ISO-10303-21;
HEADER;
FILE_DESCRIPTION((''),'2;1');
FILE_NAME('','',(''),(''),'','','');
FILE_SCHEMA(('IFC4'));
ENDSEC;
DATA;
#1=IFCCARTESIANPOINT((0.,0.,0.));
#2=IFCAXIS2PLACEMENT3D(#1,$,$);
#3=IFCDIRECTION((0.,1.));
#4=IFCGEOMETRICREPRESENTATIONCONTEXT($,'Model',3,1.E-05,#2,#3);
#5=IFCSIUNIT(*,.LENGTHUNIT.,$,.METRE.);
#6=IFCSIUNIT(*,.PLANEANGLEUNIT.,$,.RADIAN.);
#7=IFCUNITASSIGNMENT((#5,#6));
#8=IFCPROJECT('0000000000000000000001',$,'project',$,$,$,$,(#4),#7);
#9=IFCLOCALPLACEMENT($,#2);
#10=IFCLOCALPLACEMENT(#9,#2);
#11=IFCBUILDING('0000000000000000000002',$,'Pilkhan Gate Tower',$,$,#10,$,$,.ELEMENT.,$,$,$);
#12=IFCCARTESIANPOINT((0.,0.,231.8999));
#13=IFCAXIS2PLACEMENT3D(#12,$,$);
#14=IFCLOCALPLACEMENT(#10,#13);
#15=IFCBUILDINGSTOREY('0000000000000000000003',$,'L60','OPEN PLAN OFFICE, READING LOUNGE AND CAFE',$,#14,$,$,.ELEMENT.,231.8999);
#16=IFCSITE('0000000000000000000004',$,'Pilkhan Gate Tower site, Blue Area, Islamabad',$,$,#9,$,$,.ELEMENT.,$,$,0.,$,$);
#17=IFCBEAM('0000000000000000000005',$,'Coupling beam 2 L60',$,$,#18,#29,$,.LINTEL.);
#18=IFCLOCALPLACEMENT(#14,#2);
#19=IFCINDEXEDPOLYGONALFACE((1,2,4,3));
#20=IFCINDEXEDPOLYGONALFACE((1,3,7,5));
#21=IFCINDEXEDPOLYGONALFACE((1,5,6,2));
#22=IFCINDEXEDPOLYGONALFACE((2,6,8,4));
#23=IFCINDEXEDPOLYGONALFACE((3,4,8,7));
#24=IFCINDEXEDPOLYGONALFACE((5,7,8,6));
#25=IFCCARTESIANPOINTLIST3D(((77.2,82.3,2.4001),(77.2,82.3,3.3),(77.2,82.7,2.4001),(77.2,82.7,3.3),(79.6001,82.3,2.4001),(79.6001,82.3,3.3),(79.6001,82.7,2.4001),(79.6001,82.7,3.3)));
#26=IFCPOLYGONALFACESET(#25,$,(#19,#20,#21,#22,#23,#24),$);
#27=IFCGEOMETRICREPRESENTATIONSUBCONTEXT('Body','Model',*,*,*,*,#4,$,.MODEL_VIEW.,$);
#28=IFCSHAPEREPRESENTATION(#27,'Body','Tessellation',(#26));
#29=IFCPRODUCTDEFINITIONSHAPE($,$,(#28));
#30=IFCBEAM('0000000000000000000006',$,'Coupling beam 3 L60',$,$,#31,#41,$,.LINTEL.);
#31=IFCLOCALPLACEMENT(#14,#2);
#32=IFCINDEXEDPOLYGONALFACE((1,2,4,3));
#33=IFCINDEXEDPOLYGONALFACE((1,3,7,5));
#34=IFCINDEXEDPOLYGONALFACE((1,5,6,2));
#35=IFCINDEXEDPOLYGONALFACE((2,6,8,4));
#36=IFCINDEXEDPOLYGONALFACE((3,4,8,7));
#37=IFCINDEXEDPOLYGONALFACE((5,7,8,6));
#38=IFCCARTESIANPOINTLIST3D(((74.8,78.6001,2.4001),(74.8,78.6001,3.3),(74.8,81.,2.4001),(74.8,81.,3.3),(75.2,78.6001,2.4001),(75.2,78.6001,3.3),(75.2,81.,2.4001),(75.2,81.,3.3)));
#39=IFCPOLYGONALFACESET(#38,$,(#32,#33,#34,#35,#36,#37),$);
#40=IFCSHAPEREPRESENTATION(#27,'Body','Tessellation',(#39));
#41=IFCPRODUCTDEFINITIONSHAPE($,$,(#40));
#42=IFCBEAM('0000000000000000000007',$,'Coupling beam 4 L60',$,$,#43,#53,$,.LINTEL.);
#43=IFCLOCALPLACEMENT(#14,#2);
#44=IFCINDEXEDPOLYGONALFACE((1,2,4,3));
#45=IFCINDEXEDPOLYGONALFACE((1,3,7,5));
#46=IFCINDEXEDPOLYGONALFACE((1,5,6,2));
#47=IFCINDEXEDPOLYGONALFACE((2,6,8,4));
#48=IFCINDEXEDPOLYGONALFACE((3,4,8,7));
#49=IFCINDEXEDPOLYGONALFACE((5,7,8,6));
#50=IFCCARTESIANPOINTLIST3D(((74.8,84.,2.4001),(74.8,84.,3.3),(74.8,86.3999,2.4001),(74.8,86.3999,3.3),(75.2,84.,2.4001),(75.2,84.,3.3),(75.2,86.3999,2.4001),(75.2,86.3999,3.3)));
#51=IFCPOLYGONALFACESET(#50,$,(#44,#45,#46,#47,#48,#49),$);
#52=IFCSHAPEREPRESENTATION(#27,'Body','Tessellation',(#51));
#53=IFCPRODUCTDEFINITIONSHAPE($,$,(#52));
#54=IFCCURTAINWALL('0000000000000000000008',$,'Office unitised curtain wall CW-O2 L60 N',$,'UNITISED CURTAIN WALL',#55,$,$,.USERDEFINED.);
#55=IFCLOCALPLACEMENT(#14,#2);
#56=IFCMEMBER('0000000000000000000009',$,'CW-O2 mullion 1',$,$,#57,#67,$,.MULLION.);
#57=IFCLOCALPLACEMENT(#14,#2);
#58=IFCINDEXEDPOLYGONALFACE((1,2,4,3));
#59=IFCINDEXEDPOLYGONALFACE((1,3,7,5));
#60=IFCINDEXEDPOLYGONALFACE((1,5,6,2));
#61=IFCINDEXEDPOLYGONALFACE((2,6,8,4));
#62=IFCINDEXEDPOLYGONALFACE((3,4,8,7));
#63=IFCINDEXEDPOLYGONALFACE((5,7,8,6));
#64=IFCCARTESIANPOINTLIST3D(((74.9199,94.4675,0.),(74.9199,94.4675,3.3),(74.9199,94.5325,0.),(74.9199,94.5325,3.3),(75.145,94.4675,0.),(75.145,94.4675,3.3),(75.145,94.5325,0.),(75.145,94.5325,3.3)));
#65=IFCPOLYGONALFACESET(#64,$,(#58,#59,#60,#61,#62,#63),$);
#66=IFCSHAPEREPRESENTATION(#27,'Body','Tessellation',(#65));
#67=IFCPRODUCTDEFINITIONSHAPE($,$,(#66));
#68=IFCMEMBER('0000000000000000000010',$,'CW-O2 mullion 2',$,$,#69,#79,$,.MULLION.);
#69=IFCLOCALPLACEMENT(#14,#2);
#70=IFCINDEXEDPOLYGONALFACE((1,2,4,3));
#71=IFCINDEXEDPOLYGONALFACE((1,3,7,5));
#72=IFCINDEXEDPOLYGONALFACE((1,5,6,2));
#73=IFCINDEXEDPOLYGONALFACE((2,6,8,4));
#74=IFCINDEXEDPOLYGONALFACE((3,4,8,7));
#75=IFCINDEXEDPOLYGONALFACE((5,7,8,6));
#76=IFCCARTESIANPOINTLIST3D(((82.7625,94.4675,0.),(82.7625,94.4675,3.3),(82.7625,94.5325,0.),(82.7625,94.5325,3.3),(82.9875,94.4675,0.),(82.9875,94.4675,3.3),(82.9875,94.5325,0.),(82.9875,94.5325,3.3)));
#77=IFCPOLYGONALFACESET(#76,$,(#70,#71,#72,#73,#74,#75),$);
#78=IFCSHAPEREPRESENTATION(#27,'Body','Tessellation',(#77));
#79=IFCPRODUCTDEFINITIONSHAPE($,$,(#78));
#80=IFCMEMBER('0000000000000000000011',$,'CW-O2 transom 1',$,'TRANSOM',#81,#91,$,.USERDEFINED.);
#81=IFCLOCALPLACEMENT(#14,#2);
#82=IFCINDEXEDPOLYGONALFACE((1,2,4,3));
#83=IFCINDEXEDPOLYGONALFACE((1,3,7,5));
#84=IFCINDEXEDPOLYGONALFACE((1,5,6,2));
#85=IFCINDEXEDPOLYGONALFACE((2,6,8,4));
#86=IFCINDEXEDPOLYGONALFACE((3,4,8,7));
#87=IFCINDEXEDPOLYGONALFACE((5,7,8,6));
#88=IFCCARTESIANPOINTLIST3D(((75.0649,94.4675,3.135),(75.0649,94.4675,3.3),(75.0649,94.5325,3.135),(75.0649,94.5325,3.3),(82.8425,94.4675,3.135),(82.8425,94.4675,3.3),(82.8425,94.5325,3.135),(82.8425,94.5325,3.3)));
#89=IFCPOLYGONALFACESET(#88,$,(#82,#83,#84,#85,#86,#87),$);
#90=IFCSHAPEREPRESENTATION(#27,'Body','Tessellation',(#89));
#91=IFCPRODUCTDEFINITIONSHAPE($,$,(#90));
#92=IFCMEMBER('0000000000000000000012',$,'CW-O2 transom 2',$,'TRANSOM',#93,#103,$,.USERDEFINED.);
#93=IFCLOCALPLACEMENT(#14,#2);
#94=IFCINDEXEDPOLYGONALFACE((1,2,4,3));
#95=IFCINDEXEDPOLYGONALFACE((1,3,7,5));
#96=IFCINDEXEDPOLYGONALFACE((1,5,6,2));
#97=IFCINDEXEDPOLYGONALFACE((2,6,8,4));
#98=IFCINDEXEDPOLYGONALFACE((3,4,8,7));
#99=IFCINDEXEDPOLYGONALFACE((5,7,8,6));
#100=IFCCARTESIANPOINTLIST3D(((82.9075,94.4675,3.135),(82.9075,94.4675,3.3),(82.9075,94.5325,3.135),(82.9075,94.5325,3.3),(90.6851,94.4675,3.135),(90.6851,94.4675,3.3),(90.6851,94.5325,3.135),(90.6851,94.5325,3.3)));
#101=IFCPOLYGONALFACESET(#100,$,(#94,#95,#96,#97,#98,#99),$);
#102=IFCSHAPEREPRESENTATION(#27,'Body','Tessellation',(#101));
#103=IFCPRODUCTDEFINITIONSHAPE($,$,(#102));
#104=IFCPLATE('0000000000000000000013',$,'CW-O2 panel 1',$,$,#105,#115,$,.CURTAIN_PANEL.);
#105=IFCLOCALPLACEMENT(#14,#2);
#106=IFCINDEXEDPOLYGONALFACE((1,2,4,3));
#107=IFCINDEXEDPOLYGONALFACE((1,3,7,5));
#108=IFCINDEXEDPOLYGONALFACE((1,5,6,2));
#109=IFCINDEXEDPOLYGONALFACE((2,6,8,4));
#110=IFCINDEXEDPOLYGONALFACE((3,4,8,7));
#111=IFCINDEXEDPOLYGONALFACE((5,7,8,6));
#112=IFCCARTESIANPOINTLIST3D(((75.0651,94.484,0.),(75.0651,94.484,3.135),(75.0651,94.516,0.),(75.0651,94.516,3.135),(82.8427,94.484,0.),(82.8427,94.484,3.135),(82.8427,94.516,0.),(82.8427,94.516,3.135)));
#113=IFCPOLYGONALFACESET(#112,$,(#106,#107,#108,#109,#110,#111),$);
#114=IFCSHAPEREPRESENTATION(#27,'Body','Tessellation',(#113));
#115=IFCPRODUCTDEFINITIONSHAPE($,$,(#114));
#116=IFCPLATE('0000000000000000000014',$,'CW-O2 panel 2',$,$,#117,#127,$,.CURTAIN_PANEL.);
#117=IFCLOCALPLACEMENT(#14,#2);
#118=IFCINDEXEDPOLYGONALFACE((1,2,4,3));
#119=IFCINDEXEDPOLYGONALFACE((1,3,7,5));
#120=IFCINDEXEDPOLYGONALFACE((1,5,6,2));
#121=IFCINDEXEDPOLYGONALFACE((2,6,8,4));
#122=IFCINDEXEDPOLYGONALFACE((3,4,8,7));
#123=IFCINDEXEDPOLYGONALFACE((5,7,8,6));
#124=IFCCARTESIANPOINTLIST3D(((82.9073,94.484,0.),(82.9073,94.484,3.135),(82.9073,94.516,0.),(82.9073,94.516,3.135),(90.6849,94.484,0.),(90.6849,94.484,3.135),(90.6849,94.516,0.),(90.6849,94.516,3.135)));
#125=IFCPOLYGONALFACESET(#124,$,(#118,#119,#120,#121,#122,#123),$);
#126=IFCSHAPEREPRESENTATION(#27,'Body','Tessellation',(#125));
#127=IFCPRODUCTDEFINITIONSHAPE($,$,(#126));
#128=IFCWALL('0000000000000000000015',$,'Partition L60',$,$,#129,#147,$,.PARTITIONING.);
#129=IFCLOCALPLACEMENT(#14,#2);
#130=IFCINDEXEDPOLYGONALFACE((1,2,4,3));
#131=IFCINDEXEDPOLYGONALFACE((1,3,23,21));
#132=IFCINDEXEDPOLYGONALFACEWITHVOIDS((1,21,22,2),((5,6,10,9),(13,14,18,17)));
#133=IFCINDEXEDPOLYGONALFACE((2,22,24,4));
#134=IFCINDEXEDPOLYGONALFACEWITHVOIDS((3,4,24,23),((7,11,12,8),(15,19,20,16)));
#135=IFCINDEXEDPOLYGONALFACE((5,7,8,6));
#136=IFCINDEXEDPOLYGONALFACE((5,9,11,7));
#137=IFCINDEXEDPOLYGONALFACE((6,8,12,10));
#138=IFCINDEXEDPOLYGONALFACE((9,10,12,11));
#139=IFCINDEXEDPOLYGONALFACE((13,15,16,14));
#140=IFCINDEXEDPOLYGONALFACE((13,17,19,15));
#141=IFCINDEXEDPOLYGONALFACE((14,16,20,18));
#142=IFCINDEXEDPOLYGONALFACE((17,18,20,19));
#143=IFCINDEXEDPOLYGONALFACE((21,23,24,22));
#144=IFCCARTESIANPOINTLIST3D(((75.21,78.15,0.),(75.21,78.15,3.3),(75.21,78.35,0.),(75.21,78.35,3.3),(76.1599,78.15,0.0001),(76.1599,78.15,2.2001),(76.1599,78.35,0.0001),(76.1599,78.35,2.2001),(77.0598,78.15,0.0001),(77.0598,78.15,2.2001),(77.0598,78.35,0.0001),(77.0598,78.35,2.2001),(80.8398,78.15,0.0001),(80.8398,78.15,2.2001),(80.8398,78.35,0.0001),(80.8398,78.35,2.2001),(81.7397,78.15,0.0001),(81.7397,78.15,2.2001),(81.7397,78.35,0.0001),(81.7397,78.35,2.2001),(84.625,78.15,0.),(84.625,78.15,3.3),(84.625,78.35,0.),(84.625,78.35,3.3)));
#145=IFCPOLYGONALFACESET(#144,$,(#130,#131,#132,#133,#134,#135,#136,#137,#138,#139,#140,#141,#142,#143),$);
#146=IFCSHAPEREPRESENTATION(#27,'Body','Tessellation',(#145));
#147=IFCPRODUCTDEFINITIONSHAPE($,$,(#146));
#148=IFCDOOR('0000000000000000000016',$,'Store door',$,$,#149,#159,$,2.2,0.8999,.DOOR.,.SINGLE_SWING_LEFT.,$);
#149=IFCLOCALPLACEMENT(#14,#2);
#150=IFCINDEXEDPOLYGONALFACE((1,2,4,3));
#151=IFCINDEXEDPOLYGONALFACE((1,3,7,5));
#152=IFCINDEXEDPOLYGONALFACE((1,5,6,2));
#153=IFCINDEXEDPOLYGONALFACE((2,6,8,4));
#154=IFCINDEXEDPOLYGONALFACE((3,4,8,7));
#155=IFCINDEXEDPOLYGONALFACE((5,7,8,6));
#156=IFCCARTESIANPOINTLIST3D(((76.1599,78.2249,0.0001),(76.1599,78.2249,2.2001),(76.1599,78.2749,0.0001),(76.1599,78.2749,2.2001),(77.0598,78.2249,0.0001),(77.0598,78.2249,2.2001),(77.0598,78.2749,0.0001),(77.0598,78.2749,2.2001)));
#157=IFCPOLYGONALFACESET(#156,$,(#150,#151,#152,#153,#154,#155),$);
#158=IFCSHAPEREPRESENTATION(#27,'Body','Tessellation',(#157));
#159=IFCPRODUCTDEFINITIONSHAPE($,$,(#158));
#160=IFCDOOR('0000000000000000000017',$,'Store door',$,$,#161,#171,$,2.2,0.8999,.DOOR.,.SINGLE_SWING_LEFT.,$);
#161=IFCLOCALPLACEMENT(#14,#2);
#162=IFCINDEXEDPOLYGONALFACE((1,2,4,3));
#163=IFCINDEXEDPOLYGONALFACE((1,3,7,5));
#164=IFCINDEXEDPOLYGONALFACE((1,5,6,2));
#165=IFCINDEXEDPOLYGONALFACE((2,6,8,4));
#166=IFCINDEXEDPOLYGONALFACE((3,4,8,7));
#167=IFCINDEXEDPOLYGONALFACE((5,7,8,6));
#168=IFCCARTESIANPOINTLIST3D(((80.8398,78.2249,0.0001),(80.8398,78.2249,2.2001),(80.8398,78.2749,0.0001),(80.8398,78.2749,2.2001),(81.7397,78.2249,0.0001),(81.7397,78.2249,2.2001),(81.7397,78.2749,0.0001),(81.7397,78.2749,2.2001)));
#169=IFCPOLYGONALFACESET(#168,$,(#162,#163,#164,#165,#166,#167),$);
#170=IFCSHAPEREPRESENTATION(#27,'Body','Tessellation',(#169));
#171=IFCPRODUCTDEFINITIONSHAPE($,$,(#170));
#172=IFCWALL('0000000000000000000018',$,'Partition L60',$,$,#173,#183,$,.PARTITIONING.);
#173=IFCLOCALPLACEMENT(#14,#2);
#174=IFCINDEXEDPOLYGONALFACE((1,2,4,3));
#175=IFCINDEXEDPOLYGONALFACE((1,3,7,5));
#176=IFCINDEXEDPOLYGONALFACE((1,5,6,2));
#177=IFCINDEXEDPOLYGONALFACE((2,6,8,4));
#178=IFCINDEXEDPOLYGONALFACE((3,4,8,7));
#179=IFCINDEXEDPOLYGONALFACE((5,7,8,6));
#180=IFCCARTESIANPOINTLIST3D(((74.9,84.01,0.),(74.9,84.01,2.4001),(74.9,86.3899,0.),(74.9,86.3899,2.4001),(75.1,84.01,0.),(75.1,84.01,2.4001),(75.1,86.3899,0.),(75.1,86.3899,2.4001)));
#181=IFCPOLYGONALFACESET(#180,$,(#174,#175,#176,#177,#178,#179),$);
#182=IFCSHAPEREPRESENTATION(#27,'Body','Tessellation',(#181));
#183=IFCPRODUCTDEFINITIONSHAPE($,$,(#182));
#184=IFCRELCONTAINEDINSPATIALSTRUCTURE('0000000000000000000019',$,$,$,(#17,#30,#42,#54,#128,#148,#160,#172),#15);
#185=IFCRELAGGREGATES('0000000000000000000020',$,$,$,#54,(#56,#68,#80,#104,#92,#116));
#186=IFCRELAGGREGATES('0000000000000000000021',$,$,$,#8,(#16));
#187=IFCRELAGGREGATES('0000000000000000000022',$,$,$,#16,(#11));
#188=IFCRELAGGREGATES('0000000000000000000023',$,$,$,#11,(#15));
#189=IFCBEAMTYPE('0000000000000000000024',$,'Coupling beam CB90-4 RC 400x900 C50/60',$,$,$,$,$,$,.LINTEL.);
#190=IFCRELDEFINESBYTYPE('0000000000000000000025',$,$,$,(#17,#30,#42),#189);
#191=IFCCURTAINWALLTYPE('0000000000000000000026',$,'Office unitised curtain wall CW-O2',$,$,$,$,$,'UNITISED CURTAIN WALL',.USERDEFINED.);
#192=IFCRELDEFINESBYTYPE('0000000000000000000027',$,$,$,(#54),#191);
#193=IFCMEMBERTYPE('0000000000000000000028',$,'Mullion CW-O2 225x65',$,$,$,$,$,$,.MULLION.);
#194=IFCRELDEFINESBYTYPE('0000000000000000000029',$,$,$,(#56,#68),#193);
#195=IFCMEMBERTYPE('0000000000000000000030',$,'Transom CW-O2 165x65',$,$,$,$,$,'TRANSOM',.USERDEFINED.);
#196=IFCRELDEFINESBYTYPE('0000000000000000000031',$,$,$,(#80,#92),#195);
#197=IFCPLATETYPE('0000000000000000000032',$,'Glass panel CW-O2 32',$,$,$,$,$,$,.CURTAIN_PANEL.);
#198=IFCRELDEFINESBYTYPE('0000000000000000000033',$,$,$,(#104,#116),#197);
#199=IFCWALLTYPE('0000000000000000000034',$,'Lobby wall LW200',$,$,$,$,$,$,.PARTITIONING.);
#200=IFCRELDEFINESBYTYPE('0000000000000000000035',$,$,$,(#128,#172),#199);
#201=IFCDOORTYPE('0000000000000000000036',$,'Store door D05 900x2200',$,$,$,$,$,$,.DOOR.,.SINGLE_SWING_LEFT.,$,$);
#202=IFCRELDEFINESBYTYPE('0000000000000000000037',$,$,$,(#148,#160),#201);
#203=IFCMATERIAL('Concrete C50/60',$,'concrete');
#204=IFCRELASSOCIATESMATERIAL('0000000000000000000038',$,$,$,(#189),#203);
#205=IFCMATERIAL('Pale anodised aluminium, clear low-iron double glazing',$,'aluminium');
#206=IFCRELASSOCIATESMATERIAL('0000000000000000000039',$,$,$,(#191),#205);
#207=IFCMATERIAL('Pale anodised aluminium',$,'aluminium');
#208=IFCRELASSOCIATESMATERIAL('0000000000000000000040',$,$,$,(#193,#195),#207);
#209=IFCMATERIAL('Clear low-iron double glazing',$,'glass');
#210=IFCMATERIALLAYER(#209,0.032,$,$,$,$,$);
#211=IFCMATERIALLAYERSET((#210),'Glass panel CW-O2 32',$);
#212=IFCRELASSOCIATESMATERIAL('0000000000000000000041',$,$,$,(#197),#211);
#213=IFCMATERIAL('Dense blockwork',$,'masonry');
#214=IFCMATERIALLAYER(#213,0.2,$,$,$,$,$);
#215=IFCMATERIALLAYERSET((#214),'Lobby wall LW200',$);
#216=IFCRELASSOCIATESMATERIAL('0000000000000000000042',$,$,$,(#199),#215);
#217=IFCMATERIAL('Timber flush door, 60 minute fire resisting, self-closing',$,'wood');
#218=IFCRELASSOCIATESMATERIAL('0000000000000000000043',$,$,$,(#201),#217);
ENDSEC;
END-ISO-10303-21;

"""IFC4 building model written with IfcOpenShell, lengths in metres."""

from ifc_helpers import new_model, si_unit, direction, frame, frame_2d, origin, origin_2d, place, context, subcontext, project, spatial, rectangle, extrude, material, layer, layer_set, material_profile, profile_set, type_object, element, fill, aggregate, save


model = new_model("IFC4")

# Units and contexts
model_context = context("Model", 3, precision=1e-05, world=origin(), true_north=direction((0.0, 1.0)))
body_context = subcontext(model_context, "Body", "Model", "MODEL_VIEW")
ifc_project = project(units=[si_unit("LENGTHUNIT", "METRE"), si_unit("PLANEANGLEUNIT", "RADIAN")], contexts=[model_context])

# Site, building, storey
site_placement = place(None, origin())
site = spatial("IfcSite", under=ifc_project, at=site_placement, Name="Pilkhan Gate Tower site, Blue Area, Islamabad", CompositionType="ELEMENT", RefElevation=0.0)
building_placement = place(site_placement, origin())
building = spatial("IfcBuilding", under=site, at=building_placement, Name="Pilkhan Gate Tower", CompositionType="ELEMENT")
storey_placement = place(building_placement, frame((0.0, 0.0, 231.8999)))
storey = spatial("IfcBuildingStorey", under=building, at=storey_placement, Name="L60", Description="OPEN PLAN OFFICE, READING LOUNGE AND CAFE", CompositionType="ELEMENT", Elevation=231.8999)

# Beams
ifc_material_1 = material(Name="Concrete C50/60", Category="concrete")
ifc_material_profile_1 = material_profile(ifc_material_1, rectangle(XDim=0.3999, YDim=0.8999, at=origin_2d()), Name="RC 400x900")
ifc_profile_set_1 = profile_set([ifc_material_profile_1], Name="Concrete C50/60")
beam_type = type_object("IfcBeamType", Name="Coupling beam CB90-4 RC 400x900 C50/60", PredefinedType="LINTEL", material=ifc_profile_set_1)
beam_placement = place(storey_placement, frame((77.2, 82.5, 2.8501), z_axis=(1.0, 0.0, 0.0), x_axis=(0.0, 1.0, 0.0)))
element("IfcBeam", 1, at=beam_placement, inside=storey, type_object=beam_type, Name="Coupling beam 2 L60", PredefinedType="LINTEL", context=body_context, shape_type="SweptSolid", body=[
    extrude(rectangle(XDim=0.3999, YDim=0.8999, at=origin_2d()), origin(), (0.0, 0.0, 1.0), 2.4001),
])
for number, where, z_axis, x_axis, name in (
    (2, (75.0, 78.6001, 2.8501), (0.0, 1.0, 0.0), (-1.0, 0.0, 0.0), "Coupling beam 3 L60"),
    (3, (75.0, 84.0, 2.8501), (0.0, 1.0, 0.0), (-1.0, 0.0, 0.0), "Coupling beam 4 L60"),
):
    element("IfcBeam", number, at=place(storey_placement, frame(where, z_axis=z_axis, x_axis=x_axis)), inside=storey, type_object=beam_type, Name=name, PredefinedType="LINTEL", context=body_context, shape_type="SweptSolid", body=[
        extrude(rectangle(XDim=0.3999, YDim=0.8999, at=origin_2d()), origin(), (0.0, 0.0, 1.0), 2.3999),
    ])

# Curtain wall, members, plates
ifc_material_2 = material(Name="Pale anodised aluminium, clear low-iron double glazing", Category="aluminium")
curtain_wall_type = type_object("IfcCurtainWallType", Name="Office unitised curtain wall CW-O2", ElementType="UNITISED CURTAIN WALL", PredefinedType="USERDEFINED", material=ifc_material_2)
curtain_wall_placement = place(storey_placement, origin())
curtain_wall = element("IfcCurtainWall", 4, at=curtain_wall_placement, inside=storey, type_object=curtain_wall_type, Name="Office unitised curtain wall CW-O2 L60 N", ObjectType="UNITISED CURTAIN WALL", PredefinedType="USERDEFINED")
ifc_material_3 = material(Name="Pale anodised aluminium", Category="aluminium")
ifc_material_profile_2 = material_profile(ifc_material_3, rectangle(XDim=0.0649, YDim=0.2251, at=origin_2d()), Name="Mullion 225x65")
ifc_profile_set_2 = profile_set([ifc_material_profile_2], Name="Pale anodised aluminium")
member_type_1 = type_object("IfcMemberType", Name="Mullion CW-O2 225x65", PredefinedType="MULLION", material=ifc_profile_set_2)
member_1_placement = place(storey_placement, frame((75.0325, 94.5, 0.0), z_axis=(0.0, 0.0, 1.0), x_axis=(0.0, 1.0, 0.0)))
member_1 = element("IfcMember", 5, at=member_1_placement, type_object=member_type_1, Name="CW-O2 mullion 1", PredefinedType="MULLION", context=body_context, shape_type="SweptSolid", body=[
    extrude(rectangle(XDim=0.0649, YDim=0.2251, at=origin_2d()), origin(), (0.0, 0.0, 1.0), 3.3),
])
member_2_placement = place(storey_placement, frame((82.875, 94.5, 0.0), z_axis=(0.0, 0.0, 1.0), x_axis=(0.0, 1.0, 0.0)))
member_2 = element("IfcMember", 6, at=member_2_placement, type_object=member_type_1, Name="CW-O2 mullion 2", PredefinedType="MULLION", context=body_context, shape_type="SweptSolid", body=[
    extrude(rectangle(XDim=0.0649, YDim=0.2251, at=origin_2d()), origin(), (0.0, 0.0, 1.0), 3.3),
])
ifc_material_profile_3 = material_profile(ifc_material_3, rectangle(XDim=0.0649, YDim=0.165, at=origin_2d()), Name="Transom 165x65")
ifc_profile_set_3 = profile_set([ifc_material_profile_3], Name="Pale anodised aluminium")
member_type_2 = type_object("IfcMemberType", Name="Transom CW-O2 165x65", ElementType="TRANSOM", PredefinedType="USERDEFINED", material=ifc_profile_set_3)
member_3_placement = place(storey_placement, frame((75.0649, 94.5, 3.2175), z_axis=(1.0, 0.0, 0.0), x_axis=(0.0, 1.0, 0.0)))
member_3 = element("IfcMember", 7, at=member_3_placement, type_object=member_type_2, Name="CW-O2 transom 1", ObjectType="TRANSOM", PredefinedType="USERDEFINED", context=body_context, shape_type="SweptSolid", body=[
    extrude(rectangle(XDim=0.0649, YDim=0.165, at=origin_2d()), origin(), (0.0, 0.0, 1.0), 7.7776),
])
member_4_placement = place(storey_placement, frame((82.9075, 94.5, 3.2175), z_axis=(1.0, 0.0, 0.0), x_axis=(0.0, 1.0, 0.0)))
member_4 = element("IfcMember", 8, at=member_4_placement, type_object=member_type_2, Name="CW-O2 transom 2", ObjectType="TRANSOM", PredefinedType="USERDEFINED", context=body_context, shape_type="SweptSolid", body=[
    extrude(rectangle(XDim=0.0649, YDim=0.165, at=origin_2d()), origin(), (0.0, 0.0, 1.0), 7.7776),
])
ifc_material_4 = material(Name="Clear low-iron double glazing", Category="glass")
ifc_layer_1 = layer(ifc_material_4, 0.032)
ifc_layer_set_1 = layer_set([ifc_layer_1], Name="Glass panel CW-O2 32")
plate_type = type_object("IfcPlateType", Name="Glass panel CW-O2 32", PredefinedType="CURTAIN_PANEL", material=ifc_layer_set_1)
plate_1_placement = place(storey_placement, frame((78.9539, 94.5, 0.0), z_axis=(0.0, 0.0, 1.0), x_axis=(1.0, 0.0, 0.0)))
plate_1 = element("IfcPlate", 9, at=plate_1_placement, type_object=plate_type, Name="CW-O2 panel 1", PredefinedType="CURTAIN_PANEL", context=body_context, shape_type="SweptSolid", body=[
    extrude(rectangle(XDim=7.7776, YDim=0.032, at=origin_2d()), origin(), (0.0, 0.0, 1.0), 3.135),
])
plate_2_placement = place(storey_placement, frame((86.7961, 94.5, 0.0), z_axis=(0.0, 0.0, 1.0), x_axis=(1.0, 0.0, 0.0)))
plate_2 = element("IfcPlate", 10, at=plate_2_placement, type_object=plate_type, Name="CW-O2 panel 2", PredefinedType="CURTAIN_PANEL", context=body_context, shape_type="SweptSolid", body=[
    extrude(rectangle(XDim=7.7776, YDim=0.032, at=origin_2d()), origin(), (0.0, 0.0, 1.0), 3.135),
])
aggregate(curtain_wall, [member_1, member_2, member_3, plate_1, member_4, plate_2])

# Wall, openings, doors
ifc_material_5 = material(Name="Dense blockwork", Category="masonry")
ifc_layer_2 = layer(ifc_material_5, 0.2)
ifc_layer_set_2 = layer_set([ifc_layer_2], Name="Lobby wall LW200")
wall_type_1 = type_object("IfcWallType", Name="Lobby wall LW200", PredefinedType="PARTITIONING", material=ifc_layer_set_2)
wall_1_placement = place(storey_placement, frame((75.21, 78.25, 0.0), z_axis=(0.0, 0.0, 1.0), x_axis=(1.0, 0.0, 0.0)))
wall_1 = element("IfcWall", 11, at=wall_1_placement, inside=storey, type_object=wall_type_1, Name="Partition L60", PredefinedType="PARTITIONING", context=body_context, shape_type="SweptSolid", body=[
    extrude(rectangle(XDim=9.415, YDim=0.2, at=frame_2d((4.7075, 0.0))), origin(), (0.0, 0.0, 1.0), 3.3),
])
opening_1_placement = place(wall_1_placement, frame((0.95, 0.0, 0.0)))
opening_1 = element("IfcOpeningElement", 12, at=opening_1_placement, cuts=wall_1, PredefinedType="OPENING", context=body_context, shape_type="SweptSolid", body=[
    extrude(rectangle(XDim=0.8999, YDim=2.2, at=frame_2d((0.45, 1.1001))), frame((0.0, 0.1099, 0.0), z_axis=(0.0, -1.0, 0.0), x_axis=(1.0, 0.0, 0.0)), (0.0, 0.0, 1.0), 0.22),
])
opening_2_placement = place(wall_1_placement, frame((5.6299, 0.0, 0.0)))
opening_2 = element("IfcOpeningElement", 13, at=opening_2_placement, cuts=wall_1, PredefinedType="OPENING", context=body_context, shape_type="SweptSolid", body=[
    extrude(rectangle(XDim=0.8999, YDim=2.2, at=frame_2d((0.45, 1.1001))), frame((0.0, 0.1099, 0.0), z_axis=(0.0, -1.0, 0.0), x_axis=(1.0, 0.0, 0.0)), (0.0, 0.0, 1.0), 0.22),
])
ifc_material_6 = material(Name="Timber flush door, 60 minute fire resisting, self-closing", Category="wood")
door_type_1 = type_object("IfcDoorType", Name="Store door D05 900x2200", OperationType="SINGLE_SWING_LEFT", PredefinedType="DOOR", material=ifc_material_6)
door_1_placement = place(opening_1_placement, origin())
door_1 = element("IfcDoor", 14, at=door_1_placement, inside=storey, type_object=door_type_1, Name="Store door", OperationType="SINGLE_SWING_LEFT", OverallHeight=2.2, OverallWidth=0.8999, PredefinedType="DOOR", context=body_context, shape_type="SweptSolid", body=[
    extrude(rectangle(XDim=0.8999, YDim=2.2, at=frame_2d((0.45, 1.1001))), frame((0.0, 0.0249, 0.0), z_axis=(0.0, -1.0, 0.0), x_axis=(1.0, 0.0, 0.0)), (0.0, 0.0, 1.0), 0.05),
])
fill(opening_1, door_1)
door_2_placement = place(opening_2_placement, origin())
door_2 = element("IfcDoor", 15, at=door_2_placement, inside=storey, type_object=door_type_1, Name="Store door", OperationType="SINGLE_SWING_LEFT", OverallHeight=2.2, OverallWidth=0.8999, PredefinedType="DOOR", context=body_context, shape_type="SweptSolid", body=[
    extrude(rectangle(XDim=0.8999, YDim=2.2, at=frame_2d((0.45, 1.1001))), frame((0.0, 0.0249, 0.0), z_axis=(0.0, -1.0, 0.0), x_axis=(1.0, 0.0, 0.0)), (0.0, 0.0, 1.0), 0.05),
])
fill(opening_2, door_2)

# Wall
wall_2_placement = place(storey_placement, frame((75.0, 84.01, 0.0), z_axis=(0.0, 0.0, 1.0), x_axis=(0.0, 1.0, 0.0)))
element("IfcWall", 16, at=wall_2_placement, inside=storey, type_object=wall_type_1, Name="Partition L60", PredefinedType="PARTITIONING", context=body_context, shape_type="SweptSolid", body=[
    extrude(rectangle(XDim=2.3799, YDim=0.2, at=frame_2d((1.1899, 0.0))), origin(), (0.0, 0.0, 1.0), 2.4001),
])

save(model, "model.ifc")
